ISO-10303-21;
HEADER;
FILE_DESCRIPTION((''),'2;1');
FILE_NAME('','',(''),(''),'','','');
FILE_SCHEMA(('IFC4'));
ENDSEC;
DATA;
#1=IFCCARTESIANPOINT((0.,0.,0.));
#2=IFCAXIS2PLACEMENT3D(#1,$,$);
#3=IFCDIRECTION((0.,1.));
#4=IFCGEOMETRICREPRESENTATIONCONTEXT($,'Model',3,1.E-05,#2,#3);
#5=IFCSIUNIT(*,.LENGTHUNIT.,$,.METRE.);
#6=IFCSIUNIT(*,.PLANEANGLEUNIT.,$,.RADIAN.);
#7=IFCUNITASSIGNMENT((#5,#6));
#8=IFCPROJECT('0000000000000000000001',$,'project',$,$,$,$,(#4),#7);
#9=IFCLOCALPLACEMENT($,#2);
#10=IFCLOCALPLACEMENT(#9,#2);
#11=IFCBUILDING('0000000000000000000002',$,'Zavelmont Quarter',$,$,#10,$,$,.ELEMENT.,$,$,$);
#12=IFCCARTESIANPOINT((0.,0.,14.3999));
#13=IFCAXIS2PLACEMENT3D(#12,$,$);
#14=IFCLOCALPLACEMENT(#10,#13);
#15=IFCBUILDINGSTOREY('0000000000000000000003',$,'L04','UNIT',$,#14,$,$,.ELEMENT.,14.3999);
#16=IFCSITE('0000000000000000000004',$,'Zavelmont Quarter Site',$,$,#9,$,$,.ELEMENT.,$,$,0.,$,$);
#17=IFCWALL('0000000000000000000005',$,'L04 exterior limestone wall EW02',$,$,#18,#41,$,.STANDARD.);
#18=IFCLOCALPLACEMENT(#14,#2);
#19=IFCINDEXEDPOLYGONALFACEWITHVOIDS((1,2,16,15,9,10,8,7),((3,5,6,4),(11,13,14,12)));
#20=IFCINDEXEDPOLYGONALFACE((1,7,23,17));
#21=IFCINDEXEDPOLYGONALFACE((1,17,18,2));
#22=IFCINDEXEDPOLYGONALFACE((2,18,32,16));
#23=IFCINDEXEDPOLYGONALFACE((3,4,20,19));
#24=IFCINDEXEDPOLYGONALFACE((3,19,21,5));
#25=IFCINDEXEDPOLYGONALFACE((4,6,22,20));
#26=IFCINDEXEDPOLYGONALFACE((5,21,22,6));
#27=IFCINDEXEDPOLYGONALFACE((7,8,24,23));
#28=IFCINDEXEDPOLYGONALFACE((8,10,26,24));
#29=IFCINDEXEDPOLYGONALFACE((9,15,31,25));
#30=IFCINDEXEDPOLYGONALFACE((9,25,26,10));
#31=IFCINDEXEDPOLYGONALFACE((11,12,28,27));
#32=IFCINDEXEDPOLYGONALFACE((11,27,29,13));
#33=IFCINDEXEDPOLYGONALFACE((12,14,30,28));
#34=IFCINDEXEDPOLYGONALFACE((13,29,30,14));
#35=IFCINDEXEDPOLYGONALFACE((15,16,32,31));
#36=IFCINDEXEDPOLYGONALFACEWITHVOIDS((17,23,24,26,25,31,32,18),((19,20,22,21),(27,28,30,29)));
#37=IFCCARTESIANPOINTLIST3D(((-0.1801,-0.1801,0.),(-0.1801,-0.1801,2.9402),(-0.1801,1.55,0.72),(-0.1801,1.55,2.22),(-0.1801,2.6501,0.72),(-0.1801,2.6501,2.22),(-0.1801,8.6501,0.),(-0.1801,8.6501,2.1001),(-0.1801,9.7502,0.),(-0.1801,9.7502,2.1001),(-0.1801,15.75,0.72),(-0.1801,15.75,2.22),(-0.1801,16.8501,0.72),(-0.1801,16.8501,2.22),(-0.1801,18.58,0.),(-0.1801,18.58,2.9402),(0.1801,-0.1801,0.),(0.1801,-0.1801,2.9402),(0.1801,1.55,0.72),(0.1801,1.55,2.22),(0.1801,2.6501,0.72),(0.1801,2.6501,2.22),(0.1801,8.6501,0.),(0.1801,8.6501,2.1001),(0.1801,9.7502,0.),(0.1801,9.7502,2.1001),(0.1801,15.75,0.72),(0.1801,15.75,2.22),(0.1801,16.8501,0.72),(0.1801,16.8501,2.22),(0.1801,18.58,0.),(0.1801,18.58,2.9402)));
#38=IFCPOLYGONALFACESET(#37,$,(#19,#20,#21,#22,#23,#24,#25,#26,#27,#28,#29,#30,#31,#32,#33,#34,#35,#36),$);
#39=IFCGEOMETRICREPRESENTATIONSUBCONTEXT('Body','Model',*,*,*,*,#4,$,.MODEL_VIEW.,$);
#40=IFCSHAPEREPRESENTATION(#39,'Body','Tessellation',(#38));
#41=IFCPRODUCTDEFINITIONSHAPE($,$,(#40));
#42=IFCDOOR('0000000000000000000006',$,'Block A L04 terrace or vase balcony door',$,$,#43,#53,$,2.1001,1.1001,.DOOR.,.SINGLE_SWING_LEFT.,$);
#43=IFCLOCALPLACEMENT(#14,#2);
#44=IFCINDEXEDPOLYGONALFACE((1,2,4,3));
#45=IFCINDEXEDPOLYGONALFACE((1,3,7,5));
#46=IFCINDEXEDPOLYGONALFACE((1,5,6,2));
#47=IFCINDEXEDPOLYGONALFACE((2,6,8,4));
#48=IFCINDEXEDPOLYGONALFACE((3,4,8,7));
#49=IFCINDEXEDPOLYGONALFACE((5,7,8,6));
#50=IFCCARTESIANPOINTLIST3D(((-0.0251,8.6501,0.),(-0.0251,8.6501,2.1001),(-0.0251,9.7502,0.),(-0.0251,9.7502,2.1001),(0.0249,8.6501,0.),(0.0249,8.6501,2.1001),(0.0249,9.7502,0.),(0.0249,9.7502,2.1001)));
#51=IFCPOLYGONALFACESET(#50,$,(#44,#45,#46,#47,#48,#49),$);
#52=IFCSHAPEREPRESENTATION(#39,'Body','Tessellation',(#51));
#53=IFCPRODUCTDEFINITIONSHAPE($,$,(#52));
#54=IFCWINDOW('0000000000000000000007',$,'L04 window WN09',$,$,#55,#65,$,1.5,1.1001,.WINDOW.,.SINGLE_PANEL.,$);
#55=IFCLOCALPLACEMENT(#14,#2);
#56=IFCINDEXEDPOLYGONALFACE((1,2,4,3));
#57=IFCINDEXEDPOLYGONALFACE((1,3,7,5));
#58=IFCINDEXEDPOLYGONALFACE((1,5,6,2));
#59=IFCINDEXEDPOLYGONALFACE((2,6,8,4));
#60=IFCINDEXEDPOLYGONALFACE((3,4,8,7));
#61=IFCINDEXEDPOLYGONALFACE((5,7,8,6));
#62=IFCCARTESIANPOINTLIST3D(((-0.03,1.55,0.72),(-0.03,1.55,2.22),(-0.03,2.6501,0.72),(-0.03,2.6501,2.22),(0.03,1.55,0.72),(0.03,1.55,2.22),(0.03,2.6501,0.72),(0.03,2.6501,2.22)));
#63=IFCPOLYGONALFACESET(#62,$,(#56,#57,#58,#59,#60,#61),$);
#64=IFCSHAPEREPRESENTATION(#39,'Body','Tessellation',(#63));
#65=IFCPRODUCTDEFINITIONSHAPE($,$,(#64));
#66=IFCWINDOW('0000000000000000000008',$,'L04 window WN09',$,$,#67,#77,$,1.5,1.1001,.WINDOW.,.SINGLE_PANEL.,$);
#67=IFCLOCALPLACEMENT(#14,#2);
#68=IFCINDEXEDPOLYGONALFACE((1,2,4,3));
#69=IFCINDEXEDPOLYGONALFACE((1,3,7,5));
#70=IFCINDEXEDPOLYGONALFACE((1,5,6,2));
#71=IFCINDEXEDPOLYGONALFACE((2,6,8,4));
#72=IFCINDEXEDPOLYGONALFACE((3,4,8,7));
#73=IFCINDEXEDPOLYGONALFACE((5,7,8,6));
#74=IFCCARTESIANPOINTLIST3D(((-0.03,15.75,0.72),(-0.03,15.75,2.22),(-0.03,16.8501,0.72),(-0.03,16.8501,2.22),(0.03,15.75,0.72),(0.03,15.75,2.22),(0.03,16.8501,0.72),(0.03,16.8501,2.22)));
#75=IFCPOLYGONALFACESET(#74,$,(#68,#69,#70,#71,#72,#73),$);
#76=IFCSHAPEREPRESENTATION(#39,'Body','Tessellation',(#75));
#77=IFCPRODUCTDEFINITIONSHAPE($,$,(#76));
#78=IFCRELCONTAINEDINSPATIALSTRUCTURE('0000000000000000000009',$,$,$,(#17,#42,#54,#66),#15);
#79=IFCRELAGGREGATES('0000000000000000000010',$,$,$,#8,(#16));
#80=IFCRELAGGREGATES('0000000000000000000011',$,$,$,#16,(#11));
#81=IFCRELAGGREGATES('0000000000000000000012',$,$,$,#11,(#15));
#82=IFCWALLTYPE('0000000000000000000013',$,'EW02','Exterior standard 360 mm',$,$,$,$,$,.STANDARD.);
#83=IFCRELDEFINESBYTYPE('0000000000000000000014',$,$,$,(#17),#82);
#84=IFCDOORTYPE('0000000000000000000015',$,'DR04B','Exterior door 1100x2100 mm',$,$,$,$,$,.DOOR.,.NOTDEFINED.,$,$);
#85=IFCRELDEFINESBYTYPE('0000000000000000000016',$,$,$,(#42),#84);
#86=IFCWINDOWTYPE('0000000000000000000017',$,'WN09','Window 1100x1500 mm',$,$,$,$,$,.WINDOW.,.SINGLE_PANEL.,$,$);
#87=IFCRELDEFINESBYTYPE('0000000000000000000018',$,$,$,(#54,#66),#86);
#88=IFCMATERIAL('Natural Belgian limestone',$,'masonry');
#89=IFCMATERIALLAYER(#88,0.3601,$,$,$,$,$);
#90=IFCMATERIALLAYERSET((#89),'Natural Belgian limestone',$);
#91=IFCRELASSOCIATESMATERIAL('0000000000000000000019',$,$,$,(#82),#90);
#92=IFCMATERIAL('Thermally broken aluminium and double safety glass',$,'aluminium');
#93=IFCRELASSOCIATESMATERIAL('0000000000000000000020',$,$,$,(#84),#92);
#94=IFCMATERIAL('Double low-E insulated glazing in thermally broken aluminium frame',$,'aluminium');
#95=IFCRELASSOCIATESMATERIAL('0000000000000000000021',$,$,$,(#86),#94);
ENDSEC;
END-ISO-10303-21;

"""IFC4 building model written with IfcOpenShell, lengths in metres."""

from ifc_helpers import new_model, si_unit, direction, frame, frame_2d, origin, origin_with_axes, place, context, subcontext, project, spatial, rectangle, extrude, material, layer, layer_set, type_object, element, fill, save


model = new_model("IFC4")

# Units and contexts
model_context = context("Model", 3, precision=1e-05, world=origin(), true_north=direction((0.0, 1.0)))
body_context = subcontext(model_context, "Body", "Model", "MODEL_VIEW")
ifc_project = project(units=[si_unit("LENGTHUNIT", "METRE"), si_unit("PLANEANGLEUNIT", "RADIAN")], contexts=[model_context])

# Site, building, storey
site_placement = place(None, origin())
site = spatial("IfcSite", under=ifc_project, at=site_placement, Name="Zavelmont Quarter Site", CompositionType="ELEMENT", RefElevation=0.0)
building_placement = place(site_placement, origin())
building = spatial("IfcBuilding", under=site, at=building_placement, Name="Zavelmont Quarter", CompositionType="ELEMENT")
storey_placement = place(building_placement, frame((0.0, 0.0, 14.3999)))
storey = spatial("IfcBuildingStorey", under=building, at=storey_placement, Name="L04", Description="UNIT", CompositionType="ELEMENT", Elevation=14.3999)

# Wall, openings, door, windows
ifc_material_1 = material(Name="Natural Belgian limestone", Category="masonry")
ifc_layer_1 = layer(ifc_material_1, 0.3601)
ifc_layer_set_1 = layer_set([ifc_layer_1], Name="Natural Belgian limestone")
wall_type = type_object("IfcWallType", Name="EW02", Description="Exterior standard 360 mm", PredefinedType="STANDARD", material=ifc_layer_set_1)
wall_placement = place(storey_placement, frame((0.0, -0.1799, 0.0), z_axis=(0.0, 0.0, 1.0), x_axis=(0.0, 1.0, 0.0)))
wall = element("IfcWall", 1, at=wall_placement, inside=storey, type_object=wall_type, Name="L04 exterior limestone wall EW02", PredefinedType="STANDARD", context=body_context, shape_type="SweptSolid", body=[
    extrude(rectangle(XDim=18.76, YDim=0.3601, at=frame_2d((9.3799, 0.0))), origin(), (0.0, 0.0, 1.0), 2.9402),
])
opening_1_placement = place(wall_placement, frame((8.8301, 0.0, 0.0)))
opening_1 = element("IfcOpeningElement", 2, at=opening_1_placement, cuts=wall, PredefinedType="OPENING", context=body_context, shape_type="SweptSolid", body=[
    extrude(rectangle(XDim=1.1001, YDim=2.1001, at=frame_2d((0.55, 1.05))), frame((0.0, 0.1919, 0.0), z_axis=(0.0, -1.0, 0.0), x_axis=(1.0, 0.0, 0.0)), (0.0, 0.0, 1.0), 0.384),
])
opening_2_placement = place(wall_placement, frame((1.73, 0.0, 0.72)))
opening_2 = element("IfcOpeningElement", 3, at=opening_2_placement, cuts=wall, PredefinedType="OPENING", context=body_context, shape_type="SweptSolid", body=[
    extrude(rectangle(XDim=1.1001, YDim=1.5, at=frame_2d((0.55, 0.75))), frame((0.0, 0.1919, 0.0), z_axis=(0.0, -1.0, 0.0), x_axis=(1.0, 0.0, 0.0)), (0.0, 0.0, 1.0), 0.384),
])
opening_3_placement = place(wall_placement, frame((15.9299, 0.0, 0.72)))
opening_3 = element("IfcOpeningElement", 4, at=opening_3_placement, cuts=wall, PredefinedType="OPENING", context=body_context, shape_type="SweptSolid", body=[
    extrude(rectangle(XDim=1.1001, YDim=1.5, at=frame_2d((0.55, 0.75))), frame((0.0, 0.1919, 0.0), z_axis=(0.0, -1.0, 0.0), x_axis=(1.0, 0.0, 0.0)), (0.0, 0.0, 1.0), 0.384),
])
ifc_material_2 = material(Name="Thermally broken aluminium and double safety glass", Category="aluminium")
door_type = type_object("IfcDoorType", Name="DR04B", Description="Exterior door 1100x2100 mm", OperationType="NOTDEFINED", PredefinedType="DOOR", material=ifc_material_2)
door_placement = place(opening_1_placement, frame((1.1001, 0.0, 0.0), z_axis=(0.0, 0.0, 1.0), x_axis=(-1.0, 0.0, 0.0)))
door = element("IfcDoor", 5, at=door_placement, inside=storey, type_object=door_type, Name="Block A L04 terrace or vase balcony door", OperationType="SINGLE_SWING_LEFT", OverallHeight=2.1001, OverallWidth=1.1001, PredefinedType="DOOR", context=body_context, shape_type="SweptSolid", body=[
    extrude(rectangle(XDim=1.1001, YDim=2.1001, at=frame_2d((0.55, 1.05))), frame((0.0, 0.0249, 0.0), z_axis=(0.0, -1.0, 0.0), x_axis=(1.0, 0.0, 0.0)), (0.0, 0.0, 1.0), 0.05),
])
fill(opening_1, door)
ifc_material_3 = material(Name="Double low-E insulated glazing in thermally broken aluminium frame", Category="aluminium")
window_type = type_object("IfcWindowType", Name="WN09", Description="Window 1100x1500 mm", PartitioningType="SINGLE_PANEL", PredefinedType="WINDOW", material=ifc_material_3)
window_1_placement = place(opening_2_placement, origin_with_axes())
window_1 = element("IfcWindow", 6, at=window_1_placement, inside=storey, type_object=window_type, Name="L04 window WN09", OverallHeight=1.5, OverallWidth=1.1001, PartitioningType="SINGLE_PANEL", PredefinedType="WINDOW", context=body_context, shape_type="SweptSolid", body=[
    extrude(rectangle(XDim=1.1001, YDim=1.5, at=frame_2d((0.55, 0.75))), frame((0.0, 0.03, 0.0), z_axis=(0.0, -1.0, 0.0), x_axis=(1.0, 0.0, 0.0)), (0.0, 0.0, 1.0), 0.0601),
])
fill(opening_2, window_1)
window_2_placement = place(opening_3_placement, origin_with_axes())
window_2 = element("IfcWindow", 7, at=window_2_placement, inside=storey, type_object=window_type, Name="L04 window WN09", OverallHeight=1.5, OverallWidth=1.1001, PartitioningType="SINGLE_PANEL", PredefinedType="WINDOW", context=body_context, shape_type="SweptSolid", body=[
    extrude(rectangle(XDim=1.1001, YDim=1.5, at=frame_2d((0.55, 0.75))), frame((0.0, 0.03, 0.0), z_axis=(0.0, -1.0, 0.0), x_axis=(1.0, 0.0, 0.0)), (0.0, 0.0, 1.0), 0.0601),
])
fill(opening_3, window_2)

save(model, "model.ifc")
